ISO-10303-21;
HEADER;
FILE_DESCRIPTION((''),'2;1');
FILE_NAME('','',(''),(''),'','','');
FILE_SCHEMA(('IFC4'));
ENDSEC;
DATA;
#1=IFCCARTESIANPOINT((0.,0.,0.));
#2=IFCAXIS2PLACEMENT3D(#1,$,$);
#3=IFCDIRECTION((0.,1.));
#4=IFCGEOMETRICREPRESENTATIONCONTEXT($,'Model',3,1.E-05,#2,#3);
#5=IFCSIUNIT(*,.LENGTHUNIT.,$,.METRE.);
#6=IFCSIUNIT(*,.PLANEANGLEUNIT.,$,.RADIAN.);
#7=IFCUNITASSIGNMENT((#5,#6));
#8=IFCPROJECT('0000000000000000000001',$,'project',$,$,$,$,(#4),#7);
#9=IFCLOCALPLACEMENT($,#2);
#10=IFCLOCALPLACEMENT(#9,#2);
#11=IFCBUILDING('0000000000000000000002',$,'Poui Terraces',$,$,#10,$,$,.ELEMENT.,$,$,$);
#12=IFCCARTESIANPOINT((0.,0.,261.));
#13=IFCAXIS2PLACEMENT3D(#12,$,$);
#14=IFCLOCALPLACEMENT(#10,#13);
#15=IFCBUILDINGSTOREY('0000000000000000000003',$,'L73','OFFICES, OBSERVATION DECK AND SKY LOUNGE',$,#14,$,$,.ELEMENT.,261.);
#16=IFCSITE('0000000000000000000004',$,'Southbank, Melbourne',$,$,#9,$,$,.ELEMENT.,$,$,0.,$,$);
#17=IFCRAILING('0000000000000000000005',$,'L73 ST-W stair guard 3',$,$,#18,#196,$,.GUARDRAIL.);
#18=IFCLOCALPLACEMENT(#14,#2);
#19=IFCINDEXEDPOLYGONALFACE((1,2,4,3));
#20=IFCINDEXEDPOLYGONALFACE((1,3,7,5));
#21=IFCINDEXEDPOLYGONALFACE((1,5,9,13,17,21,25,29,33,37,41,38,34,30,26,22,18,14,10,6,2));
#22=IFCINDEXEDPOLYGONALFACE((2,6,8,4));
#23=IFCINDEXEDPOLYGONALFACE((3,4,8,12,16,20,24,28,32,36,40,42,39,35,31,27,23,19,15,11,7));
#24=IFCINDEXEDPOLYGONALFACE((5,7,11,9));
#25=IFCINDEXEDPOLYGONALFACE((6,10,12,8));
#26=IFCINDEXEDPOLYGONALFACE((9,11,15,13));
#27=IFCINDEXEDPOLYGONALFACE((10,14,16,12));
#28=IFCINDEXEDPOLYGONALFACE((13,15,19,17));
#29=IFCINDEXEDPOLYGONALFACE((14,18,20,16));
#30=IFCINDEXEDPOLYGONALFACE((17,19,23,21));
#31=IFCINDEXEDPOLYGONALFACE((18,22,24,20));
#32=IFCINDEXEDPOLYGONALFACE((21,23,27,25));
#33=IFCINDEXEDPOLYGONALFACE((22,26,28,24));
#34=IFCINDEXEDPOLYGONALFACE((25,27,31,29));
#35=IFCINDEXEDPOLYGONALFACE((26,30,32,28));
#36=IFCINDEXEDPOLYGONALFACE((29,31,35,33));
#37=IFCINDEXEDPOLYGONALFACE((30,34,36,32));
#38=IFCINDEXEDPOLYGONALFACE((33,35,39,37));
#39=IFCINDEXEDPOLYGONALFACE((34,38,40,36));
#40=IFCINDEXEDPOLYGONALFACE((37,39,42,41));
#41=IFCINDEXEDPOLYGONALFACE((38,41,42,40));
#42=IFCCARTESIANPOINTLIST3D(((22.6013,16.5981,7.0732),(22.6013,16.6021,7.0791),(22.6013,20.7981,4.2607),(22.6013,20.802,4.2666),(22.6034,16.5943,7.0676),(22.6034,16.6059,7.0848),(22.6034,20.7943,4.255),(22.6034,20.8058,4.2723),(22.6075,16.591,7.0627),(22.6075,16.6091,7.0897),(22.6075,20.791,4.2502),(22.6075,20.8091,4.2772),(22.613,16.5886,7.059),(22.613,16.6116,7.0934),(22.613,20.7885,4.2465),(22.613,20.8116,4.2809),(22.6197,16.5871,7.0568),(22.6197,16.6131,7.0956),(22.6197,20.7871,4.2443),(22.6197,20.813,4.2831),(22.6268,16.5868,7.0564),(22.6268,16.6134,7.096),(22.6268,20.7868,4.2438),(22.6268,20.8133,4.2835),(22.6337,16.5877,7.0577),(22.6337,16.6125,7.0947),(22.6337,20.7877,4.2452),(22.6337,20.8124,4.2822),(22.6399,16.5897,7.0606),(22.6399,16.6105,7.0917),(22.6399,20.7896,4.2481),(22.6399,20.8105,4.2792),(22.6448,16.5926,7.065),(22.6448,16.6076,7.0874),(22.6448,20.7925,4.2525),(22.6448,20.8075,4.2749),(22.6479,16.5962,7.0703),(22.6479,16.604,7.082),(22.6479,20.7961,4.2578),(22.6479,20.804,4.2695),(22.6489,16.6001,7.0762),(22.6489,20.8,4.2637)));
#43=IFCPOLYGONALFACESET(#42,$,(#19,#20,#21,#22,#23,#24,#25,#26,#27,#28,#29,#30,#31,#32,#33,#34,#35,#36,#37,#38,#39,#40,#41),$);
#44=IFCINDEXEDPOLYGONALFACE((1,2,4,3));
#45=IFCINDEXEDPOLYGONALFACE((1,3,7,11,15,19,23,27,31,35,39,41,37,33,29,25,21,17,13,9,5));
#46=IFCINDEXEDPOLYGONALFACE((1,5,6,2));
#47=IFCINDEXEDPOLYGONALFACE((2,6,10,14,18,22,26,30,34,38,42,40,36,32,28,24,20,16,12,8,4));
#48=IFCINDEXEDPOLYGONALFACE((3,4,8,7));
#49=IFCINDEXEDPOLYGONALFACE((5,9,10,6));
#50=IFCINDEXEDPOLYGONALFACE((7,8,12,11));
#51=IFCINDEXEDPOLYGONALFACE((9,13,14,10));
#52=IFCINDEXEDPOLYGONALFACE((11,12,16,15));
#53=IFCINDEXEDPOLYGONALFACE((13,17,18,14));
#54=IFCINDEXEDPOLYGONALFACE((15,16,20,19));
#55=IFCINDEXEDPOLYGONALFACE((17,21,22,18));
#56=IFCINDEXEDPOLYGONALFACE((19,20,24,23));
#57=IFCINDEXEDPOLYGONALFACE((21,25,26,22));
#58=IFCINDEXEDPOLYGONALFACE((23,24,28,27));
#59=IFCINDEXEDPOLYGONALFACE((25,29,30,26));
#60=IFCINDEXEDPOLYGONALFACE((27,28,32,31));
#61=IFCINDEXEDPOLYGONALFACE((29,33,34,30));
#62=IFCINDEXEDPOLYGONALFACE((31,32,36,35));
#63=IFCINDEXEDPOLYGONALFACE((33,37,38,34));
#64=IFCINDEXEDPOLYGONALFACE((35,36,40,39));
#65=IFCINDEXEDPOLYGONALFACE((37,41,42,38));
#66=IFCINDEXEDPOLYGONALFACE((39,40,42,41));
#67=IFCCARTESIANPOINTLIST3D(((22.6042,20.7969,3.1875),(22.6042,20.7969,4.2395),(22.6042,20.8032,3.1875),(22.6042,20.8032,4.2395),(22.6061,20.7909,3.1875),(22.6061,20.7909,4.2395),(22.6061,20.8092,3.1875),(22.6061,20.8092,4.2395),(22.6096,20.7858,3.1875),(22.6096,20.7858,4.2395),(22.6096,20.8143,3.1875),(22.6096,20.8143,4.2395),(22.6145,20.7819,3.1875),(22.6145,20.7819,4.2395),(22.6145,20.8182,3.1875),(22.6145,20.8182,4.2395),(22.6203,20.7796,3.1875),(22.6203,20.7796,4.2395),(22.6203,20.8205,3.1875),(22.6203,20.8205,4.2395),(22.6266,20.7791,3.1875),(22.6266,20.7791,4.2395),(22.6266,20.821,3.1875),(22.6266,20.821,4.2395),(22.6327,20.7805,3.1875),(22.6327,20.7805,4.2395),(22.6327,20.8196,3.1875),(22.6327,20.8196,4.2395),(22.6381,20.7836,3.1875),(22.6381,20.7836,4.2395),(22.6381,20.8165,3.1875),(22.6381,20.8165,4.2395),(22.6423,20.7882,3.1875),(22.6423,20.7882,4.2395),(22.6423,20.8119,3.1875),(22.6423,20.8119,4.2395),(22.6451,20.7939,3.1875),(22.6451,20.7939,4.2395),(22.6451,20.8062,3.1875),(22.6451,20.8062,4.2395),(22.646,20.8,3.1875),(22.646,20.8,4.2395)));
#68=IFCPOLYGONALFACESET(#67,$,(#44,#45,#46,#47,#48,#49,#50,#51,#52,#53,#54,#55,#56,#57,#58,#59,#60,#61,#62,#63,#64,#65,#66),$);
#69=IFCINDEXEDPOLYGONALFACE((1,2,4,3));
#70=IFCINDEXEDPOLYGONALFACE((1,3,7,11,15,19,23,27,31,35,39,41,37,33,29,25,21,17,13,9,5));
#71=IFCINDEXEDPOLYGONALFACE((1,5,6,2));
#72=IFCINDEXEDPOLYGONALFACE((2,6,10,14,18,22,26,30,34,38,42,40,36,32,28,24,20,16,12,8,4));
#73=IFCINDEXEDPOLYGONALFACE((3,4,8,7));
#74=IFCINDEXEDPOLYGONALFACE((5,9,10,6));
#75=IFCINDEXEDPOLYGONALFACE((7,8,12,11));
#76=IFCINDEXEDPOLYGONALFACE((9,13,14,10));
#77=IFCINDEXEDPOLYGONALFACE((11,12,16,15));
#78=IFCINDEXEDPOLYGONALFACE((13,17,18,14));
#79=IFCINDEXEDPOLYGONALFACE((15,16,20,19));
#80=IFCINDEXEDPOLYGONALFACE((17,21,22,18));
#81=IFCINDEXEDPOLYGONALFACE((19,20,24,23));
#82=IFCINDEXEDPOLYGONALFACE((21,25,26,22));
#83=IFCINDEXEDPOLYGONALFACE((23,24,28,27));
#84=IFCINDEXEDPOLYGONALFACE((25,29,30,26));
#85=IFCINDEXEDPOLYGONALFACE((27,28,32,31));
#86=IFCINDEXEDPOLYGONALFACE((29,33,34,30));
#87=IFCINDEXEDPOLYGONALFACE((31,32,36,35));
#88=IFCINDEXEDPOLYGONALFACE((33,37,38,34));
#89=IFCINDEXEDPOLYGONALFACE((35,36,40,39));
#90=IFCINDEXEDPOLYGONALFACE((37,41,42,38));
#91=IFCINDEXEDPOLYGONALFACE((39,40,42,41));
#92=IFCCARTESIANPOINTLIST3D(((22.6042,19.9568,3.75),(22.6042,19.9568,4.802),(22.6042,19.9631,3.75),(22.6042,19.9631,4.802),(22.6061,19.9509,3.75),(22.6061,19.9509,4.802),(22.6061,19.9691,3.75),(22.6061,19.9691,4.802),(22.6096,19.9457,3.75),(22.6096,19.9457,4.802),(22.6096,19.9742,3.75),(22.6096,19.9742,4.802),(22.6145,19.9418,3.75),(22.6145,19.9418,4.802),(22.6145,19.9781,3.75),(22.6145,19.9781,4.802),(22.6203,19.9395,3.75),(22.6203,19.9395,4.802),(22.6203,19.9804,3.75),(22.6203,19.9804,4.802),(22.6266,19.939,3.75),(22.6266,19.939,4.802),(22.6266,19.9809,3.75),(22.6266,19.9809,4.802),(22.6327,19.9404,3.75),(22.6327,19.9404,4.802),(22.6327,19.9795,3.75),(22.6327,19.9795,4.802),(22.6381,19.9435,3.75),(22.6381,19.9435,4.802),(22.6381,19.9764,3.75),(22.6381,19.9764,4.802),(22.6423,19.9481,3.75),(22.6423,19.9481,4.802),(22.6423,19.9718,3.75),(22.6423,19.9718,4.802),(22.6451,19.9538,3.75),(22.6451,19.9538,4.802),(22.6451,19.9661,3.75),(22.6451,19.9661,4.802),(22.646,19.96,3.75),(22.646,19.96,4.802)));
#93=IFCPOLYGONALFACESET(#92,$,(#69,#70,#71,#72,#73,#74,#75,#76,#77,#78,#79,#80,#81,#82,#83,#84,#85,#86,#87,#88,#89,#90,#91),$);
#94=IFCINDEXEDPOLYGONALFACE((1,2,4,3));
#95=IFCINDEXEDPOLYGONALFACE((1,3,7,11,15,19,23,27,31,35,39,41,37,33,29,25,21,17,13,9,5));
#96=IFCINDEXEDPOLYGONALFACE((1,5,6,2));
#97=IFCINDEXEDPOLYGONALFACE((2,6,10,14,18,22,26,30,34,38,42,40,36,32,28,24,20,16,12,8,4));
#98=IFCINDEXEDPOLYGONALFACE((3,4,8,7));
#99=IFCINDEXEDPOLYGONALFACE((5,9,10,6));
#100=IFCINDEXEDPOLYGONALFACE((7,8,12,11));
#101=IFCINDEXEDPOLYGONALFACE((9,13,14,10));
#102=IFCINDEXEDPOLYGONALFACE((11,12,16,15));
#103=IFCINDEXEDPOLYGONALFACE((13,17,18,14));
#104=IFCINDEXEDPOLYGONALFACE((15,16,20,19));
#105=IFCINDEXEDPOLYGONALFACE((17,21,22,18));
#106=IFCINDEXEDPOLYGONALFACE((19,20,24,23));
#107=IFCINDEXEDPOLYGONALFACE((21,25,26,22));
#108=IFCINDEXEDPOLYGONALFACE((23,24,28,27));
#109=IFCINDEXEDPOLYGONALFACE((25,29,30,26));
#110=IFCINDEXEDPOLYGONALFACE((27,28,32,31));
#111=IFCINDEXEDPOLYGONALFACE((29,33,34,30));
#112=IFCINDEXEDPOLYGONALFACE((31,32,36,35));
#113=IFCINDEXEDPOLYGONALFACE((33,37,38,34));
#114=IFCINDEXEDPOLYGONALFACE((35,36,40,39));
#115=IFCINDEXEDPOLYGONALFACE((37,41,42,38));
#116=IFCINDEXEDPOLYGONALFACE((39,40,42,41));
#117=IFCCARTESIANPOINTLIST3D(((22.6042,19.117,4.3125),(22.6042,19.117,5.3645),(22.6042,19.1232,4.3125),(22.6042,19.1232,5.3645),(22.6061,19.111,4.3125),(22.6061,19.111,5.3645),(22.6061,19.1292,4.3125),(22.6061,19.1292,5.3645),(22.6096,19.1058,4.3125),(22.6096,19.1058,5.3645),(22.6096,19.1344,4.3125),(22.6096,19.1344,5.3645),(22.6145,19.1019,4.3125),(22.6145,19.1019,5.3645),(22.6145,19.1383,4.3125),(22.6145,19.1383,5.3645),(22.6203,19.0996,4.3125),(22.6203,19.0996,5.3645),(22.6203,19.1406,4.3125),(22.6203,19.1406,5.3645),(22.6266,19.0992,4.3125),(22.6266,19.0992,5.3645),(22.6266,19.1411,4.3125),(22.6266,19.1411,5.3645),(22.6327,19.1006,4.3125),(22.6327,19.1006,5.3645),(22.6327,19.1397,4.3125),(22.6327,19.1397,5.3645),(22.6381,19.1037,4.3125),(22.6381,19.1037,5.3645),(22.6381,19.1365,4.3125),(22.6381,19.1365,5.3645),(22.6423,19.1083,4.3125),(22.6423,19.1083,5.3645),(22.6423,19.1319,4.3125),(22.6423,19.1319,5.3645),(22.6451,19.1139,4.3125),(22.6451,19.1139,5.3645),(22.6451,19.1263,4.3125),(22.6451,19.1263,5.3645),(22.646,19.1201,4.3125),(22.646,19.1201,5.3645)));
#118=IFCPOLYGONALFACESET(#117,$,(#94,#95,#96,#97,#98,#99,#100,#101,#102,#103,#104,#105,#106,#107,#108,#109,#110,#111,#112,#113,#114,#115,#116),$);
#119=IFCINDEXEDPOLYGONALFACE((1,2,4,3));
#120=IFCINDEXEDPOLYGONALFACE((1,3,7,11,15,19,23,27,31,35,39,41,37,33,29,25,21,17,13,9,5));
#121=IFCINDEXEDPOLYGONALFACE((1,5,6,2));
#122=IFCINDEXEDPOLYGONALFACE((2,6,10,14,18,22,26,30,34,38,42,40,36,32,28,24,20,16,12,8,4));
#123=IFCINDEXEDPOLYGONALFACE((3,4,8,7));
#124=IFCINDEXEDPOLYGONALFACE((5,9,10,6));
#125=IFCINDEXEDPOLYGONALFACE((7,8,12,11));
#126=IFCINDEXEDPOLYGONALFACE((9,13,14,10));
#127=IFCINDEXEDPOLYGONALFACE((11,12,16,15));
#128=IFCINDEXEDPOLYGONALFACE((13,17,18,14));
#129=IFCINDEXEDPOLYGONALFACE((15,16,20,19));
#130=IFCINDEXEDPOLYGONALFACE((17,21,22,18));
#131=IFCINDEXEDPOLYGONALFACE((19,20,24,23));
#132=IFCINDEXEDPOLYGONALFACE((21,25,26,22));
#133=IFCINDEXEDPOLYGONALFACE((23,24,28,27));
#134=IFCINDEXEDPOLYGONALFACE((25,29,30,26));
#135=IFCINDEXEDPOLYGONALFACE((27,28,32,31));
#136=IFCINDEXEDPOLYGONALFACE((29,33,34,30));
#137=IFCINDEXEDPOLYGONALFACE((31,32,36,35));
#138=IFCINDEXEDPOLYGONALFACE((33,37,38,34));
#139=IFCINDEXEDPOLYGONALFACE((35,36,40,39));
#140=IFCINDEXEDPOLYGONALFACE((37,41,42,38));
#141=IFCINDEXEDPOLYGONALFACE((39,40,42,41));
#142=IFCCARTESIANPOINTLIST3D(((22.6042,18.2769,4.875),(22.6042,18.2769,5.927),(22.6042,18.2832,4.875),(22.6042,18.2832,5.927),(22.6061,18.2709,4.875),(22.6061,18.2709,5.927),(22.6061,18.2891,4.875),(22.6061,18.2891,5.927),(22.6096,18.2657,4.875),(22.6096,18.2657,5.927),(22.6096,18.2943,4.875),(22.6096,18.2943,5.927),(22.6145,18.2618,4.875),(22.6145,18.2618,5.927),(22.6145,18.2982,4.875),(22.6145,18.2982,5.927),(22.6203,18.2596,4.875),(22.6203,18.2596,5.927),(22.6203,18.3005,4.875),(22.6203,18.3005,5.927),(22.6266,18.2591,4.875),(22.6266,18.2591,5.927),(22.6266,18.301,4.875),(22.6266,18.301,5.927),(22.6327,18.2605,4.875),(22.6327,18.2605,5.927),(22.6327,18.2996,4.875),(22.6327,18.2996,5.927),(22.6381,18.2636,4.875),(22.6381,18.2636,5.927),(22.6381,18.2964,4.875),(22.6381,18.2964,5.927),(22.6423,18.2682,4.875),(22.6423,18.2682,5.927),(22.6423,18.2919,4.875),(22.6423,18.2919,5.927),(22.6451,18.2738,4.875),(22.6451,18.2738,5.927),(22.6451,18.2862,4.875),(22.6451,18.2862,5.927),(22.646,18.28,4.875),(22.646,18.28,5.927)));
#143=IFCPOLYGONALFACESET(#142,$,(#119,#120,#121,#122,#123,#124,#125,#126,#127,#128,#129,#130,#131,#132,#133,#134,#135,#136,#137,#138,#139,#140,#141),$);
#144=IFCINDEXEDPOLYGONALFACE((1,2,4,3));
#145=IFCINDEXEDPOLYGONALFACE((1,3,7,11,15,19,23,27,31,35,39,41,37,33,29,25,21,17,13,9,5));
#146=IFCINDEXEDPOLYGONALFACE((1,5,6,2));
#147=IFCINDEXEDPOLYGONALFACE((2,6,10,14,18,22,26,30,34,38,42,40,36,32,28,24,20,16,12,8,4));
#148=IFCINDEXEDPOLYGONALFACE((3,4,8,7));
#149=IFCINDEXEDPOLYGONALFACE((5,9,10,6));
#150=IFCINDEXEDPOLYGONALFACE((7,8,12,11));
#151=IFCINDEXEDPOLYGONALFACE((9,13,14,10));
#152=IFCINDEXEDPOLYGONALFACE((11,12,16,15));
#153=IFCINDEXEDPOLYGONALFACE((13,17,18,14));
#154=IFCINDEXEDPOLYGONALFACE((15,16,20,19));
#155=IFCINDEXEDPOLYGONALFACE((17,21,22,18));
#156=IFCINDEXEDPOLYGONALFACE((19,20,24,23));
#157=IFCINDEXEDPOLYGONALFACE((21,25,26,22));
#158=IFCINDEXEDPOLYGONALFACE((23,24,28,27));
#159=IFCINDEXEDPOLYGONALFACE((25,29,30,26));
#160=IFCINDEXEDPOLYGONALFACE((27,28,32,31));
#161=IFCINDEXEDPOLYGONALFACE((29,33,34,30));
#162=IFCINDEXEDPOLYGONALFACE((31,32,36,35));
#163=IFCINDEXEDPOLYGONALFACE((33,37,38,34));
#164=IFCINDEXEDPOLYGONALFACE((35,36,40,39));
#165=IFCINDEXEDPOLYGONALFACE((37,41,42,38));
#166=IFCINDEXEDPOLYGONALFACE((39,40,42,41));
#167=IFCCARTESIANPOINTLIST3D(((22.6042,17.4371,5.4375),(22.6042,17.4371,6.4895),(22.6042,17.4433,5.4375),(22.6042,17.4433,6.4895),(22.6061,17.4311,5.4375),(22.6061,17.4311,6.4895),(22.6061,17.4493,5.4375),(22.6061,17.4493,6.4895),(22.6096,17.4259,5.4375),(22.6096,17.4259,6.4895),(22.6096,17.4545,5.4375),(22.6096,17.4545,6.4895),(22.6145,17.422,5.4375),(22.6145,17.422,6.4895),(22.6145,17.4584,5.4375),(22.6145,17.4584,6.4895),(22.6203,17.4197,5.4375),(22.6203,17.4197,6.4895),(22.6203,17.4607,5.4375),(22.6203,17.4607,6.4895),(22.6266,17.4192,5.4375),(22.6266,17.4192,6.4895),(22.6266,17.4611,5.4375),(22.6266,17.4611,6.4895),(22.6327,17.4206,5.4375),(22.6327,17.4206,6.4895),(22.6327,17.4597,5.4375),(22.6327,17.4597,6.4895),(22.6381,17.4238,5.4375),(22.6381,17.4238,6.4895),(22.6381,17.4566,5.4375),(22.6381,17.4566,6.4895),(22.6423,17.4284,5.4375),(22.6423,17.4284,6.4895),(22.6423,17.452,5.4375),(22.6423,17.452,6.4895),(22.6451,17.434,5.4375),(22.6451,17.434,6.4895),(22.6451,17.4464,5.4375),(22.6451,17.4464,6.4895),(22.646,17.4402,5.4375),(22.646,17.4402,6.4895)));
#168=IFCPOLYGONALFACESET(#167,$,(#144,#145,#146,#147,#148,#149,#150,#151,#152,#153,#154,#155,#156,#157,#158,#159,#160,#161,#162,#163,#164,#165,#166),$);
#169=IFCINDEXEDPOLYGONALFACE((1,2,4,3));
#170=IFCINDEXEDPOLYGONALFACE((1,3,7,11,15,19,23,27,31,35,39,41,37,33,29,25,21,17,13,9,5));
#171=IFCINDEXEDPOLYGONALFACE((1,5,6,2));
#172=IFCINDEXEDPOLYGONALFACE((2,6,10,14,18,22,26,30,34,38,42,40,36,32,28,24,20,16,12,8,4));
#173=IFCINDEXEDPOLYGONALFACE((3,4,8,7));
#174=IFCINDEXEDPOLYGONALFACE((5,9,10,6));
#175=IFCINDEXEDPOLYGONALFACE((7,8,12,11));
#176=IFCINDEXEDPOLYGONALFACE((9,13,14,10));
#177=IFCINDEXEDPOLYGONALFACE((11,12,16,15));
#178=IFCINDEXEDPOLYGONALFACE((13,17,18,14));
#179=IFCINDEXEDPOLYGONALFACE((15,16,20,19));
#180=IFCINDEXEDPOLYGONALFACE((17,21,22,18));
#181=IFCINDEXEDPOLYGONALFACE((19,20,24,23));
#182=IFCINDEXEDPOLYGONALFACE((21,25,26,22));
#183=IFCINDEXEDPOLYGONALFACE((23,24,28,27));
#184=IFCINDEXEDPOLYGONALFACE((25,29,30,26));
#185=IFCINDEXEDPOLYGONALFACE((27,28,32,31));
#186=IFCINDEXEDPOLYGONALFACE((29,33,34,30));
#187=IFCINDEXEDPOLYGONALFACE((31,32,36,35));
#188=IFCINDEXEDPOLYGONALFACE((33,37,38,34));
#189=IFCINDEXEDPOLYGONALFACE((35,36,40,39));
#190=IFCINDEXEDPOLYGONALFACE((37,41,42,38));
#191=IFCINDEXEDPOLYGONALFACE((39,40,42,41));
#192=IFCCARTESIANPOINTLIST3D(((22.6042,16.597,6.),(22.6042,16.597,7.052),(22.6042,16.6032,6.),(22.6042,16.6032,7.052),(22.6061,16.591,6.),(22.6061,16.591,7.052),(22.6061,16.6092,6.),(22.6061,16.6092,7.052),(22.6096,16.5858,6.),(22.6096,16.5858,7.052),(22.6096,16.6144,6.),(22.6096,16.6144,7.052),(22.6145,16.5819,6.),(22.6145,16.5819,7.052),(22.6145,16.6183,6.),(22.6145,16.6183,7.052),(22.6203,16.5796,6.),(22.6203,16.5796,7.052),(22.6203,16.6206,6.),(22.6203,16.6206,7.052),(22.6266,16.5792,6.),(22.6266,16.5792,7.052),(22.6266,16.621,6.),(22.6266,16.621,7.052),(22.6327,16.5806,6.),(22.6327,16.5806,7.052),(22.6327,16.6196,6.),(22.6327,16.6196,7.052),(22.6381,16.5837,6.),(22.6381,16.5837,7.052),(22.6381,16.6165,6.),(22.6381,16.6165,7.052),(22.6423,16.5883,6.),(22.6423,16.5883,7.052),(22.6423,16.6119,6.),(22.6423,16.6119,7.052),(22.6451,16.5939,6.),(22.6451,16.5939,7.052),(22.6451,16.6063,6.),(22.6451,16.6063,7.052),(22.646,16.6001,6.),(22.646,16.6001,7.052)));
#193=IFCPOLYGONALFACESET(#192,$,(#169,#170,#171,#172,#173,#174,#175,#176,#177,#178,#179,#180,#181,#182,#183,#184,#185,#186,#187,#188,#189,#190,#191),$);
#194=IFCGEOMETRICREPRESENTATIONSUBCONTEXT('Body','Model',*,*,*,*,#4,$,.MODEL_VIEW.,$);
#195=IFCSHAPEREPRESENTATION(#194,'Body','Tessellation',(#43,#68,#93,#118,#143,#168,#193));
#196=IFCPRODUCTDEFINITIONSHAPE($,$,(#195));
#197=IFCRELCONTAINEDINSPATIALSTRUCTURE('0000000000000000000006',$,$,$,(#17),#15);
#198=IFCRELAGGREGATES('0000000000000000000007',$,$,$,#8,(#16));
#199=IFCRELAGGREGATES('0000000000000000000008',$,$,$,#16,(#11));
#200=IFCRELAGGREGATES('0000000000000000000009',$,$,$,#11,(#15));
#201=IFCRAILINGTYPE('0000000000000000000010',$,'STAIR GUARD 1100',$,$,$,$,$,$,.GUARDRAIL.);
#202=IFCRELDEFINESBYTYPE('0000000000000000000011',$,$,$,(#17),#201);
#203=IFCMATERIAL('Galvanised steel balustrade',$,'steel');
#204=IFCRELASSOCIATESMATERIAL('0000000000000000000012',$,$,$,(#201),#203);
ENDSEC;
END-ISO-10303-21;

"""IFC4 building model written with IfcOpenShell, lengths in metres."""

from ifc_helpers import new_model, si_unit, direction, frame, origin, origin_2d, place, context, subcontext, project, spatial, circle, extrude, material, type_object, element, save


model = new_model("IFC4")

# Units and contexts
model_context = context("Model", 3, precision=1e-05, world=origin(), true_north=direction((0.0, 1.0)))
body_context = subcontext(model_context, "Body", "Model", "MODEL_VIEW")
ifc_project = project(units=[si_unit("LENGTHUNIT", "METRE"), si_unit("PLANEANGLEUNIT", "RADIAN")], contexts=[model_context])

# Site, building, storey
site_placement = place(None, origin())
site = spatial("IfcSite", under=ifc_project, at=site_placement, Name="Southbank, Melbourne", CompositionType="ELEMENT", RefElevation=0.0)
building_placement = place(site_placement, origin())
building = spatial("IfcBuilding", under=site, at=building_placement, Name="Poui Terraces", CompositionType="ELEMENT")
storey_placement = place(building_placement, frame((0.0, 0.0, 261.0)))
storey = spatial("IfcBuildingStorey", under=building, at=storey_placement, Name="L73", Description="OFFICES, OBSERVATION DECK AND SKY LOUNGE", CompositionType="ELEMENT", Elevation=261.0)

# Railing
ifc_material_1 = material(Name="Galvanised steel balustrade", Category="steel")
railing_type_1 = type_object("IfcRailingType", Name="STAIR GUARD 1100", PredefinedType="GUARDRAIL", material=ifc_material_1)
railing_1_placement = place(storey_placement, frame((22.625, 20.8, 3.1875)))
element("IfcRailing", 1, at=railing_1_placement, inside=storey, type_object=railing_type_1, Name="L73 ST-W stair guard 3", PredefinedType="GUARDRAIL", context=body_context, shape_type="SweptSolid", body=[
    extrude(circle(Radius=0.0239, at=origin_2d()), frame((0.0, 0.0, 1.0762), z_axis=(0.0, -0.830904, 0.556416), x_axis=(1.0, 0.0, 0.0)), (0.0, 0.0, 1.0), 5.0547),
    extrude(circle(Radius=0.021, at=origin_2d()), origin(), (0.0, 0.0, 1.0), 1.052),
    extrude(circle(Radius=0.021, at=origin_2d()), frame((0.0, -0.8401, 0.5625)), (0.0, 0.0, 1.0), 1.052),
    extrude(circle(Radius=0.021, at=origin_2d()), frame((0.0, -1.6799, 1.125)), (0.0, 0.0, 1.0), 1.052),
    extrude(circle(Radius=0.021, at=origin_2d()), frame((0.0, -2.52, 1.6875)), (0.0, 0.0, 1.0), 1.052),
    extrude(circle(Radius=0.021, at=origin_2d()), frame((0.0, -3.3599, 2.25)), (0.0, 0.0, 1.0), 1.052),
    extrude(circle(Radius=0.021, at=origin_2d()), frame((0.0, -4.2, 2.8125)), (0.0, 0.0, 1.0), 1.052),
])

save(model, "model.ifc")
